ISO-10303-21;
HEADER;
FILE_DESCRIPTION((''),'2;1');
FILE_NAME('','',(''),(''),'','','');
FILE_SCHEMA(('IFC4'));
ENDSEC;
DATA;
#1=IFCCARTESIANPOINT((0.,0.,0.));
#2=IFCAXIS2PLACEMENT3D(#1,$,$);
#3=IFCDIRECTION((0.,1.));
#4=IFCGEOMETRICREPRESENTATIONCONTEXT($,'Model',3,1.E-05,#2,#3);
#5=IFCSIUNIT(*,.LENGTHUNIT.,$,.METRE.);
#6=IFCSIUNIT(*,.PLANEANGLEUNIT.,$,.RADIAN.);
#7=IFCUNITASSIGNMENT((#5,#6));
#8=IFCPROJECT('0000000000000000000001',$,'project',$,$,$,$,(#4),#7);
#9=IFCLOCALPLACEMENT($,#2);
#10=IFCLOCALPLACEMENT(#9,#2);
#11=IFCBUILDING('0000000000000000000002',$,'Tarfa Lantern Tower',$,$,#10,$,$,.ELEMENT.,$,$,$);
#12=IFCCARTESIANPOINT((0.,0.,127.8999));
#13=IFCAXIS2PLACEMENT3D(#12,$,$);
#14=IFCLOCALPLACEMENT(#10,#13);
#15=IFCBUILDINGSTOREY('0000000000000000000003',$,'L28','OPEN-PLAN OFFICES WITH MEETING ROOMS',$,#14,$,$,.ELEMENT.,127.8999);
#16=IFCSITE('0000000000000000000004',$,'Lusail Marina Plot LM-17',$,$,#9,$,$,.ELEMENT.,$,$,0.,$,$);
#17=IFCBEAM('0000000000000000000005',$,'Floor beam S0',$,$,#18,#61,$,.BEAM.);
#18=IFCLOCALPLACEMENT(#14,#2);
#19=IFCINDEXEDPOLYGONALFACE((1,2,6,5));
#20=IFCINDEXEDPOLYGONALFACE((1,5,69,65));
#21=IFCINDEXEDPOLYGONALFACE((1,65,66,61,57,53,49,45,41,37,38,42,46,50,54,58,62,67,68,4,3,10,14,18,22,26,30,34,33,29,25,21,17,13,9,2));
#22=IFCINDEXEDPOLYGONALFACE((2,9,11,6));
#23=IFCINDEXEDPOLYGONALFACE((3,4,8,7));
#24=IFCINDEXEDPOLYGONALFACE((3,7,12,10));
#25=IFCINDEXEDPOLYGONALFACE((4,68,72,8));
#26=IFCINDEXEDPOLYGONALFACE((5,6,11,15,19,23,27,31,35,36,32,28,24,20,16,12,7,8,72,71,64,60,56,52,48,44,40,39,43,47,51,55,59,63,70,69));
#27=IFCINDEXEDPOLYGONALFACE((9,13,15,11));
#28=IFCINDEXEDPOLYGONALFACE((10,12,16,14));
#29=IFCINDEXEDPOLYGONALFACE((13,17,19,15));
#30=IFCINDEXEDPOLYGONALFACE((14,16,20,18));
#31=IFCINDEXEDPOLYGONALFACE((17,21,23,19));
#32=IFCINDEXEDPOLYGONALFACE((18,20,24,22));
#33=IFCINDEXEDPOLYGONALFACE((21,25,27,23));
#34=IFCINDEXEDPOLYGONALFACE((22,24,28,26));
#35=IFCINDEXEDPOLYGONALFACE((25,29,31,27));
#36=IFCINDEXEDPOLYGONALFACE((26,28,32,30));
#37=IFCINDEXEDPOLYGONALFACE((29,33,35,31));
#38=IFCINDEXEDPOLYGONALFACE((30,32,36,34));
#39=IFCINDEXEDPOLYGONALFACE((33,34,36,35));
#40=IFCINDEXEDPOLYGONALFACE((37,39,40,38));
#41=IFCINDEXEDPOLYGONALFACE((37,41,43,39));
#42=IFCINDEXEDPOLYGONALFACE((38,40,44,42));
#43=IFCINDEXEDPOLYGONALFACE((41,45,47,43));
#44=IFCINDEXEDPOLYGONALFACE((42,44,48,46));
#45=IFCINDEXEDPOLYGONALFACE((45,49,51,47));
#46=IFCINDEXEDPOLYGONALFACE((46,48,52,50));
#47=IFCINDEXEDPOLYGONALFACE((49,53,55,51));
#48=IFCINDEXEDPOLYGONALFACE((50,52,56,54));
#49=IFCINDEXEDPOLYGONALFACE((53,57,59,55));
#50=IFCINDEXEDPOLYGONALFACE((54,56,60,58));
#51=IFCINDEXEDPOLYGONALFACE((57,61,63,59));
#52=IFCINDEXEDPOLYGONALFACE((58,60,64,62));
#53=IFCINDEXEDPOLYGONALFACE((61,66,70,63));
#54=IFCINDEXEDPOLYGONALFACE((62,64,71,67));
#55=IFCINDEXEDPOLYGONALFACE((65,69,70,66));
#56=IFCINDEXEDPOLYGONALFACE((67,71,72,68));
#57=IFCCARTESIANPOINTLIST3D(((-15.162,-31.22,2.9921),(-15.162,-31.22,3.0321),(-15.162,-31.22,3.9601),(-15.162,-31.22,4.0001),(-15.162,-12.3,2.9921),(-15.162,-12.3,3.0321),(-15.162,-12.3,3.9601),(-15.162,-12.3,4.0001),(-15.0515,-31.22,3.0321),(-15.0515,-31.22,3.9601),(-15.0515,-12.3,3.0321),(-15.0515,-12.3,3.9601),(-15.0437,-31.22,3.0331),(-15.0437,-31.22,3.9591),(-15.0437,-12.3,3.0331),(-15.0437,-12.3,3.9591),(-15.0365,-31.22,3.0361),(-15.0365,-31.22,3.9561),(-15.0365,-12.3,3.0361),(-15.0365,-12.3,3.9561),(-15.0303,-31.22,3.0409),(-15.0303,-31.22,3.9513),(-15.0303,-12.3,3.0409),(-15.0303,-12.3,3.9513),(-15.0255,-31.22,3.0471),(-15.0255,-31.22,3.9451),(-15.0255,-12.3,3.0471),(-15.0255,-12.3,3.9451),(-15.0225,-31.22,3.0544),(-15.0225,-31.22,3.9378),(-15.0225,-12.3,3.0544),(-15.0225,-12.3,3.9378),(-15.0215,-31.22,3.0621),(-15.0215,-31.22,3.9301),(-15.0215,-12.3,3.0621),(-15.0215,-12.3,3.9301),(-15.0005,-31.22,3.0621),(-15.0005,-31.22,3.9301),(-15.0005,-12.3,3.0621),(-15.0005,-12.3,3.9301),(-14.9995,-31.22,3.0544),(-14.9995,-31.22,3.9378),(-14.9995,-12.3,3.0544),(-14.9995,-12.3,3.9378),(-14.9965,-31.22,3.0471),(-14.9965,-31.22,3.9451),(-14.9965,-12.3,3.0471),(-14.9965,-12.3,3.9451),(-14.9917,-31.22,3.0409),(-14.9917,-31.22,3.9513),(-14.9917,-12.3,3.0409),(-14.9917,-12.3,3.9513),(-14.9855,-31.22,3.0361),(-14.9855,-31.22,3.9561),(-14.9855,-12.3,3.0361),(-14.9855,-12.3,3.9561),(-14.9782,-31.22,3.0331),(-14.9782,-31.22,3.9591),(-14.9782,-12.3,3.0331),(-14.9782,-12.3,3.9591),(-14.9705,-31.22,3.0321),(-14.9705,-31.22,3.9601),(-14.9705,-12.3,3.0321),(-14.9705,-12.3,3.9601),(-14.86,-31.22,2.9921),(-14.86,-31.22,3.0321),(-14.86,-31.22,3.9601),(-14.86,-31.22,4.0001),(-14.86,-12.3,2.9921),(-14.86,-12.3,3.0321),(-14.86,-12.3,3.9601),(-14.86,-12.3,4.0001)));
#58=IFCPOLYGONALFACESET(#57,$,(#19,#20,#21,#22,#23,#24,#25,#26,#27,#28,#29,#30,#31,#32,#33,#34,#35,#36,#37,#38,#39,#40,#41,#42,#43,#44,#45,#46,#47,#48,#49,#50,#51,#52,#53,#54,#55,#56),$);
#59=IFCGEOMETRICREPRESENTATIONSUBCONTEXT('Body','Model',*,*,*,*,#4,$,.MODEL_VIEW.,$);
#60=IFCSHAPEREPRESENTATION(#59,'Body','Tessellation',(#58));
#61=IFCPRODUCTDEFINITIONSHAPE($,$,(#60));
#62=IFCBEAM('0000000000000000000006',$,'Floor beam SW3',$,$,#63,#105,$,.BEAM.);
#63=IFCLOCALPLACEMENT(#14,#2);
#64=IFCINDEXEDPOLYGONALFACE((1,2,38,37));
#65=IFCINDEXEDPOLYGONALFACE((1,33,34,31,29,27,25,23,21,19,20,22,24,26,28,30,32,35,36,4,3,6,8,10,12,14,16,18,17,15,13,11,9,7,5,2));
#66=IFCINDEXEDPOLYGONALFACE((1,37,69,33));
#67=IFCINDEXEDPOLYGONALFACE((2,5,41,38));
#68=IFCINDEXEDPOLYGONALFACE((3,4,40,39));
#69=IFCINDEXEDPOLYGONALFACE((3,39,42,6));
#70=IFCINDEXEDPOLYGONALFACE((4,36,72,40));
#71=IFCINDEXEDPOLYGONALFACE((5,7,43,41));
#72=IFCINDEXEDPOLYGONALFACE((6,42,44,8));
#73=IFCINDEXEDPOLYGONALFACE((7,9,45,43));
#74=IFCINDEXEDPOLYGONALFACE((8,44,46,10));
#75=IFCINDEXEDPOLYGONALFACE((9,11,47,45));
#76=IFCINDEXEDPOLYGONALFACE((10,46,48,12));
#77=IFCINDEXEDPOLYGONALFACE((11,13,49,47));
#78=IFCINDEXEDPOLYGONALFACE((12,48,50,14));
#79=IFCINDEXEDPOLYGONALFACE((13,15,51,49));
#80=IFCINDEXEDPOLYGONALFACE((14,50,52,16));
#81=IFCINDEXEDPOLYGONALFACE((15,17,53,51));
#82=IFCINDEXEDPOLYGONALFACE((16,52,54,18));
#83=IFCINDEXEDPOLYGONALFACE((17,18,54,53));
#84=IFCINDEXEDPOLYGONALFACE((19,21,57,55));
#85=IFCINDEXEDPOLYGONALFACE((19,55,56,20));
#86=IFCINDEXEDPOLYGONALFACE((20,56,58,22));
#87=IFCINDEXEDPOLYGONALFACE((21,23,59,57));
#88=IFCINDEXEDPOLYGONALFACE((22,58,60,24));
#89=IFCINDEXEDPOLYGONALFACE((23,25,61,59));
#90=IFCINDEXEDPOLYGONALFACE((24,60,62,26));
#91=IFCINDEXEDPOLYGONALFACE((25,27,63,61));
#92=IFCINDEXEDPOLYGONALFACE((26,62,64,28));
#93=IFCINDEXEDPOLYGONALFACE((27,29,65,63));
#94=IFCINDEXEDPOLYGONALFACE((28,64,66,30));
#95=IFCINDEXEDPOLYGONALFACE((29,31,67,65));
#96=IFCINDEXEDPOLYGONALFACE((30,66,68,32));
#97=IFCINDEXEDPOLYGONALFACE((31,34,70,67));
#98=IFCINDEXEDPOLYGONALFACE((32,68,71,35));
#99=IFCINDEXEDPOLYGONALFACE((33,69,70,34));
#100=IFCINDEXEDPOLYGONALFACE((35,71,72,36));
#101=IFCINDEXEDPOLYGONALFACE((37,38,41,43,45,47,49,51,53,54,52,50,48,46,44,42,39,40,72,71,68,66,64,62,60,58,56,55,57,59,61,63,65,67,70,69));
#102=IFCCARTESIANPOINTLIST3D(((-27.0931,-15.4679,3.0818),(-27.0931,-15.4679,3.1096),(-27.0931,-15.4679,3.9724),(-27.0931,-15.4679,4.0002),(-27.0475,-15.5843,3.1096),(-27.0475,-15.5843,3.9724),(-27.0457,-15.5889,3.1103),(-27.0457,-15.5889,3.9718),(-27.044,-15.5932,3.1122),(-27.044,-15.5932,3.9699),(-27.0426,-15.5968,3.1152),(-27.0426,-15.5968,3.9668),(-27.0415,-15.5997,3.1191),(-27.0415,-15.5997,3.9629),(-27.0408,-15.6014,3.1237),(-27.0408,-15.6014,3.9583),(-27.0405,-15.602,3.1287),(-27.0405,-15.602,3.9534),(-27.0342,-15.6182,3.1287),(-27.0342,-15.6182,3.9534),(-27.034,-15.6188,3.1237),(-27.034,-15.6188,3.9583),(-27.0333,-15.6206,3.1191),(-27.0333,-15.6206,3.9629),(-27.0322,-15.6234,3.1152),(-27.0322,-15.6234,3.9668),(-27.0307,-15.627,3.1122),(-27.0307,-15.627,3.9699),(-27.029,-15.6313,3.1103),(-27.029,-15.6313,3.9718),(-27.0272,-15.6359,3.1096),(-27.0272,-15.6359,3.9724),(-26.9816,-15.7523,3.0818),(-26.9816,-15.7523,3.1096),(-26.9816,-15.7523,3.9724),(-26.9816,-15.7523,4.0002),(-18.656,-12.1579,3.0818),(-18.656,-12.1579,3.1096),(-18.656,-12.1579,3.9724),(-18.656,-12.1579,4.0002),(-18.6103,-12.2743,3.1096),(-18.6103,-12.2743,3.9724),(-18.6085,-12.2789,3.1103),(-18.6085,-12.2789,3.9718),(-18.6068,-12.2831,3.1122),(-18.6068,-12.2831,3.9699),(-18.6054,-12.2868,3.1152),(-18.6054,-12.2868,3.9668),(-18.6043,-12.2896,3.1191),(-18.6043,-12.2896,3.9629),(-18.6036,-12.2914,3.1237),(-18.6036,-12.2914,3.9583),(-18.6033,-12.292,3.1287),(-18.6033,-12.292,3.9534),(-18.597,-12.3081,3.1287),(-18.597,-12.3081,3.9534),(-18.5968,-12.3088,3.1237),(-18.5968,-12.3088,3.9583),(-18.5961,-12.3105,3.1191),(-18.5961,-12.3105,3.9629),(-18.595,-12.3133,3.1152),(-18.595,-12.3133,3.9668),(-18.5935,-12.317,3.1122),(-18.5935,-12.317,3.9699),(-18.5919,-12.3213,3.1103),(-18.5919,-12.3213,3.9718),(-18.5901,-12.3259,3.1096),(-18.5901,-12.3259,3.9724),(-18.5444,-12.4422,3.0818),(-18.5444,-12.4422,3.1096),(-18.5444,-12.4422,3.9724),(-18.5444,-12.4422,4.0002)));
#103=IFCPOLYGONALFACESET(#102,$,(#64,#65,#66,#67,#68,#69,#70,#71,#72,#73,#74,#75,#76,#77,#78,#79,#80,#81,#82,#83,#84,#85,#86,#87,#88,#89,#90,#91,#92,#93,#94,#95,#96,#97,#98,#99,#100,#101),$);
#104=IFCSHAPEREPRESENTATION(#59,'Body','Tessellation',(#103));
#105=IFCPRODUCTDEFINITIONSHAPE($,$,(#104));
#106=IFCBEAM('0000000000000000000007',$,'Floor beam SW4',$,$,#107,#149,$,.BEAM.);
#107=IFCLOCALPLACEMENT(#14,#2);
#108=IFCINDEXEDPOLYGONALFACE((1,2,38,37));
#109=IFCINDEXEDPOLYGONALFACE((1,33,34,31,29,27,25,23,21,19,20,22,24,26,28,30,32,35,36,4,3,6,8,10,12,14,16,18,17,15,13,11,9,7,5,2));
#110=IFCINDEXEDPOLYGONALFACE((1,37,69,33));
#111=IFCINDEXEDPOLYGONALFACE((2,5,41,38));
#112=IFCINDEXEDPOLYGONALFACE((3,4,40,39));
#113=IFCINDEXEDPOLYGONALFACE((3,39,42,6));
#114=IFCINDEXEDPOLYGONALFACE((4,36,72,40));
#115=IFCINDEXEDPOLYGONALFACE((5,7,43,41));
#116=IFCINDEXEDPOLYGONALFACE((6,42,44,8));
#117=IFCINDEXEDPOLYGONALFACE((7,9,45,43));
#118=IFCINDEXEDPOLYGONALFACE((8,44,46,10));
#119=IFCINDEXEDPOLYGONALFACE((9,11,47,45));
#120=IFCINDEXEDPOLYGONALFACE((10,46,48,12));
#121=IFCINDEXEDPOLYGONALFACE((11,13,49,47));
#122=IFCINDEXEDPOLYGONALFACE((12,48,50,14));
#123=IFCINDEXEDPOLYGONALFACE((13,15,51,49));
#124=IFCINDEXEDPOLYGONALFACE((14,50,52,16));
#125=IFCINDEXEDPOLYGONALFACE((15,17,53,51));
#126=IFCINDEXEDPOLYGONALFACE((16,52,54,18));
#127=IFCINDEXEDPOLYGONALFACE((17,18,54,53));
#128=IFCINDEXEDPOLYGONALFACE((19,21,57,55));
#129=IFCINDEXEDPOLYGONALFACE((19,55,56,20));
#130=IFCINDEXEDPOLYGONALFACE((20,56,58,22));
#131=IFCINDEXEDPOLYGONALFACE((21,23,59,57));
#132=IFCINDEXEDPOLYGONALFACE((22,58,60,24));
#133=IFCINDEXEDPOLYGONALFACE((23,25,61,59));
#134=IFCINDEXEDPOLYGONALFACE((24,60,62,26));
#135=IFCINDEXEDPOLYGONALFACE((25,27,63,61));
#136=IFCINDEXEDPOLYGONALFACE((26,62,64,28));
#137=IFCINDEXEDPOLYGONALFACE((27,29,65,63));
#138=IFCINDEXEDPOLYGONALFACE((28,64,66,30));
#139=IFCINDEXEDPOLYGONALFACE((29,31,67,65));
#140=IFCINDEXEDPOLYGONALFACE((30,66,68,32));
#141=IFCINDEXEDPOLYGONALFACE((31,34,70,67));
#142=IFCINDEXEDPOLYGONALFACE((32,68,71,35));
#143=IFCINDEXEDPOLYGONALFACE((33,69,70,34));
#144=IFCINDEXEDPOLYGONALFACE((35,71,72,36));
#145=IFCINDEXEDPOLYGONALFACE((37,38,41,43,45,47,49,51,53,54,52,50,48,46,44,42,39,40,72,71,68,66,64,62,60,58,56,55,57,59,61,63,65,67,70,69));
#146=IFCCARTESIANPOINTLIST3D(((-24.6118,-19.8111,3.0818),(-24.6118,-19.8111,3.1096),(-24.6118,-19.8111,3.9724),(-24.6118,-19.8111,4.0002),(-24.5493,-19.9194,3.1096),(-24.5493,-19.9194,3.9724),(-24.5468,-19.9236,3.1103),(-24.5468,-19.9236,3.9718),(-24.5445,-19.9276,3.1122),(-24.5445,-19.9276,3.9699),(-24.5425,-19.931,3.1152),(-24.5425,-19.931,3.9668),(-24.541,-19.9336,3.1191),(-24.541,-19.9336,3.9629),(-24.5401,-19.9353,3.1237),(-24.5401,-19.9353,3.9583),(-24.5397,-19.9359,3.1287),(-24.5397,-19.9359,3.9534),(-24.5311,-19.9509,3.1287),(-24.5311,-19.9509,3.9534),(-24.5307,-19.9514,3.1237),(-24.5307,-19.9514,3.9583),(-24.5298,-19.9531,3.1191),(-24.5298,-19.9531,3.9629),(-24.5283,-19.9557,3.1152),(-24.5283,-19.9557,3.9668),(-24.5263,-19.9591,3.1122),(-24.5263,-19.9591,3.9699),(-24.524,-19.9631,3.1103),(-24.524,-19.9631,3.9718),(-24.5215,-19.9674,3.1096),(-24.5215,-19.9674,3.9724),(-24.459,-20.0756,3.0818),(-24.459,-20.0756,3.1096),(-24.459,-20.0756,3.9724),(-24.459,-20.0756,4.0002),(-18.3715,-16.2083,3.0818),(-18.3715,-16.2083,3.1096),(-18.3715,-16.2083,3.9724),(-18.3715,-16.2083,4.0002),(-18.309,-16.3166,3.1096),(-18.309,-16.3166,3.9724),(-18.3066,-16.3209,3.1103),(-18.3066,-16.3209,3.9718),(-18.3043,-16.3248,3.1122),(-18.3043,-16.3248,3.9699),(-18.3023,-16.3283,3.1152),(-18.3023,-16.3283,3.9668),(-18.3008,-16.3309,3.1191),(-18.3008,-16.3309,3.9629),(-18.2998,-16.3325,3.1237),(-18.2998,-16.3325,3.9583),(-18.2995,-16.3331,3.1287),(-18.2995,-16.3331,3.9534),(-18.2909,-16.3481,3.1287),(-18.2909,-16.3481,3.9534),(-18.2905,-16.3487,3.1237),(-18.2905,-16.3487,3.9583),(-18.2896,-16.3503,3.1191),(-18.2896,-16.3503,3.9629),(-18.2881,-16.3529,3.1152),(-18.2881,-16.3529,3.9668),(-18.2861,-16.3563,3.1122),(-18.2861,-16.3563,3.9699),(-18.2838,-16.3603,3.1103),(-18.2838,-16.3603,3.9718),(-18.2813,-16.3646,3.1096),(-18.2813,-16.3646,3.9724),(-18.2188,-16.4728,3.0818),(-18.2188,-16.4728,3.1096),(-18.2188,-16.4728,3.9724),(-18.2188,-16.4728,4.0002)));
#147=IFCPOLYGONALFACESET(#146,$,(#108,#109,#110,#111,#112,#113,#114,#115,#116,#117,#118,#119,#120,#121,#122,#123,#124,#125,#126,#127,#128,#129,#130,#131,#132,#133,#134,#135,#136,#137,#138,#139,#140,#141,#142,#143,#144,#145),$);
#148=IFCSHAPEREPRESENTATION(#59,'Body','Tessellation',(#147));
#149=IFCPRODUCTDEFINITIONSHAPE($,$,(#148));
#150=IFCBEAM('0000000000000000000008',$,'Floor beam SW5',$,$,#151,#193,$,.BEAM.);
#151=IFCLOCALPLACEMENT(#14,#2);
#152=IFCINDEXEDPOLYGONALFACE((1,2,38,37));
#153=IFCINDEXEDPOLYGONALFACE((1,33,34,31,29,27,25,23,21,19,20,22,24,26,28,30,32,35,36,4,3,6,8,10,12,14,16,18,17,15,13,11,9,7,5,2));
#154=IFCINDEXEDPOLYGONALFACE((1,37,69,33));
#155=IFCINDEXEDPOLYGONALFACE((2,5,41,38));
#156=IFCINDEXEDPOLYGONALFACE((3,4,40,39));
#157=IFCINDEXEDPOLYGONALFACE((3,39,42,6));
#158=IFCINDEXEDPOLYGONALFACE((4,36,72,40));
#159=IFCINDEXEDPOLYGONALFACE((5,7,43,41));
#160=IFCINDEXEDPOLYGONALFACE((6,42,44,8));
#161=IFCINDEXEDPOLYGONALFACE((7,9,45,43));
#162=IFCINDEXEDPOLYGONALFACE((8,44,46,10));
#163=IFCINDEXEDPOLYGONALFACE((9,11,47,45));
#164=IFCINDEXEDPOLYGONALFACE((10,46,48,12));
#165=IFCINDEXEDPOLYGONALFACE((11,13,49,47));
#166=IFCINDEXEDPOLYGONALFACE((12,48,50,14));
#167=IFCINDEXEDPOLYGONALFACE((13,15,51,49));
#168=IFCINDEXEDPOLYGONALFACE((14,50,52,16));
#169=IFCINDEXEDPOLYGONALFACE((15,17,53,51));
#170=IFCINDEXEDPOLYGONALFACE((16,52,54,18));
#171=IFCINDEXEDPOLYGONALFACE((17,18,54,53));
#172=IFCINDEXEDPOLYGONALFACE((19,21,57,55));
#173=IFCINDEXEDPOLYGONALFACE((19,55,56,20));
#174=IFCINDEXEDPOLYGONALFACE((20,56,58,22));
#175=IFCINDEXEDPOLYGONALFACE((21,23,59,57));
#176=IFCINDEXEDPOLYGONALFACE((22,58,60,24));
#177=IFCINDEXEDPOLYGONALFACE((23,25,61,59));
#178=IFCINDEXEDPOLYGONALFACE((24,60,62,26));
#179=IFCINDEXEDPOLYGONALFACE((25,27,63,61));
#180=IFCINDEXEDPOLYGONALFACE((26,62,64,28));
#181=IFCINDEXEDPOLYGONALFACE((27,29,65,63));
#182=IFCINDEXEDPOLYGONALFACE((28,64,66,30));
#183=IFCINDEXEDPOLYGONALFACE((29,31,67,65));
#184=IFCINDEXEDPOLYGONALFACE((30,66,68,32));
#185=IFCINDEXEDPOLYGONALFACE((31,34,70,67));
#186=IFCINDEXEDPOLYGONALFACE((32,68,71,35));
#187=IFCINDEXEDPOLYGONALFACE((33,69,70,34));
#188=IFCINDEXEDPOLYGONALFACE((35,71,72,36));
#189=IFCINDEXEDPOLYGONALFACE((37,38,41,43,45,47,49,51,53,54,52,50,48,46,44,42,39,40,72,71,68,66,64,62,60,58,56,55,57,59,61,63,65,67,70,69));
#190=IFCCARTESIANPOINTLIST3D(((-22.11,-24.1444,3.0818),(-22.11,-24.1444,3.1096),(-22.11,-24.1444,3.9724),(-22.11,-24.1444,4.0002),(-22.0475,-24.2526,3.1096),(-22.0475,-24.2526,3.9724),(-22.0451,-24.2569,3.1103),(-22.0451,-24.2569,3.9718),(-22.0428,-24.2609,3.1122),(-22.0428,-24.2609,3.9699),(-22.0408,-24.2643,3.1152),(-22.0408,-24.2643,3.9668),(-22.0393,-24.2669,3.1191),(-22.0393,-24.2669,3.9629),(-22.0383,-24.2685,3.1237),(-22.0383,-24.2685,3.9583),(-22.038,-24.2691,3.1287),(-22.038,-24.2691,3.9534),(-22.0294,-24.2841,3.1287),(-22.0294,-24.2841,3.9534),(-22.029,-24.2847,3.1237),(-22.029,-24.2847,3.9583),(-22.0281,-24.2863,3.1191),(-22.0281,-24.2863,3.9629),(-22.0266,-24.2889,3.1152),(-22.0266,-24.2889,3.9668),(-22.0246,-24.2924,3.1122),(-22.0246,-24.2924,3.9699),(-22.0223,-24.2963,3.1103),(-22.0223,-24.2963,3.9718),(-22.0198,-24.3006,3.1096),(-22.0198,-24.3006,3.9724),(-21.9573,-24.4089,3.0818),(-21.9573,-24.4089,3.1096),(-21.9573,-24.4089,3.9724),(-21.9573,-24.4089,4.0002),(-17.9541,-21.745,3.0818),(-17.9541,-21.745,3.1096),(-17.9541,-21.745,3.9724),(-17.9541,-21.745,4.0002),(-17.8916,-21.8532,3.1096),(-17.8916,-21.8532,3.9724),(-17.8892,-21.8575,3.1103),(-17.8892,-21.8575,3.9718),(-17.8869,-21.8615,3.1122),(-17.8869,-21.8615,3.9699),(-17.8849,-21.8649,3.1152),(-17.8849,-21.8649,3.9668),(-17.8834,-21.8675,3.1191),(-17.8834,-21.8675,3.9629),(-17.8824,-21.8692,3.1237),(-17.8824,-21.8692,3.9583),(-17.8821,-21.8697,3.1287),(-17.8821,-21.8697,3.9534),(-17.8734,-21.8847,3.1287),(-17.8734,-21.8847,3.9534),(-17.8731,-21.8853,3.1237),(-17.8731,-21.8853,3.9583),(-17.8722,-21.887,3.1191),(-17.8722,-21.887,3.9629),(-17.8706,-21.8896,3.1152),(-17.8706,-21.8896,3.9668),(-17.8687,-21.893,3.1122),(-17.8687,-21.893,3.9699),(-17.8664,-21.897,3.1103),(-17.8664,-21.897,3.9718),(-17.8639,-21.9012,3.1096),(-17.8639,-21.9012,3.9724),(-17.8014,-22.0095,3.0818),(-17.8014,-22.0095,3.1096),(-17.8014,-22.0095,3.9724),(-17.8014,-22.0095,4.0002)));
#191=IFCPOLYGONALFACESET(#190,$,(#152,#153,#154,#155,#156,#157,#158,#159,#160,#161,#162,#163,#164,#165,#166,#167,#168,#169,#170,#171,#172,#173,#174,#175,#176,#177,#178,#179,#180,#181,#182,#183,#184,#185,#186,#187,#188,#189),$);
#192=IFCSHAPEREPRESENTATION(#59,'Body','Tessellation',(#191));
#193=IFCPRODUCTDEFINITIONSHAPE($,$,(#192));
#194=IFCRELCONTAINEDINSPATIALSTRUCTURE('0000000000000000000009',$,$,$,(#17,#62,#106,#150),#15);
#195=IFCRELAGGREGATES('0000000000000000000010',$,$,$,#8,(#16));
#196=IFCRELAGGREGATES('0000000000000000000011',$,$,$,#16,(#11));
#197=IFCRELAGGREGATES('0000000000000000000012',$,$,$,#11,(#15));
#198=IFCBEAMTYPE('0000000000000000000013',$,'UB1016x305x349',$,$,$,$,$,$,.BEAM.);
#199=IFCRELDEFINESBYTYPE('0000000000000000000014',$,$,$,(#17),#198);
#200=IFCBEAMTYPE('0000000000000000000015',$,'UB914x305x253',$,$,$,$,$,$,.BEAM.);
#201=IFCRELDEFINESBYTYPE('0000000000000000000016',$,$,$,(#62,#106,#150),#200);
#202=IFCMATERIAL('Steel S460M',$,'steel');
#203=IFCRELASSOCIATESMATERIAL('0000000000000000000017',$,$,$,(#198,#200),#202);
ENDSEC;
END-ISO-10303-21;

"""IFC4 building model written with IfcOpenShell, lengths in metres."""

from ifc_helpers import new_model, si_unit, direction, frame, origin, origin_2d, place, context, subcontext, project, spatial, i_section, extrude, material, material_profile, profile_set, type_object, element, save


model = new_model("IFC4")

# Units and contexts
model_context = context("Model", 3, precision=1e-05, world=origin(), true_north=direction((0.0, 1.0)))
body_context = subcontext(model_context, "Body", "Model", "MODEL_VIEW")
ifc_project = project(units=[si_unit("LENGTHUNIT", "METRE"), si_unit("PLANEANGLEUNIT", "RADIAN")], contexts=[model_context])

# Site, building, storey
site_placement = place(None, origin())
site = spatial("IfcSite", under=ifc_project, at=site_placement, Name="Lusail Marina Plot LM-17", CompositionType="ELEMENT", RefElevation=0.0)
building_placement = place(site_placement, origin())
building = spatial("IfcBuilding", under=site, at=building_placement, Name="Tarfa Lantern Tower", CompositionType="ELEMENT")
storey_placement = place(building_placement, frame((0.0, 0.0, 127.8999)))
storey = spatial("IfcBuildingStorey", under=building, at=storey_placement, Name="L28", Description="OPEN-PLAN OFFICES WITH MEETING ROOMS", CompositionType="ELEMENT", Elevation=127.8999)

# Beams
ifc_material_1 = material(Name="Steel S460M", Category="steel")
ifc_material_profile_1 = material_profile(ifc_material_1, i_section(OverallWidth=0.302, OverallDepth=1.0081, WebThickness=0.021, FlangeThickness=0.04, FilletRadius=0.03, at=origin_2d()), Name="UB1016x305x349")
ifc_profile_set_1 = profile_set([ifc_material_profile_1], Name="Steel S460M")
beam_type_1 = type_object("IfcBeamType", Name="UB1016x305x349", PredefinedType="BEAM", material=ifc_profile_set_1)
beam_1_placement = place(storey_placement, frame((-15.011, -31.22, 3.4961), z_axis=(0.0, 1.0, 0.0), x_axis=(-1.0, 0.0, 0.0)))
element("IfcBeam", 1, at=beam_1_placement, inside=storey, type_object=beam_type_1, Name="Floor beam S0", PredefinedType="BEAM", context=body_context, shape_type="SweptSolid", body=[
    extrude(i_section(OverallWidth=0.302, OverallDepth=1.0081, WebThickness=0.021, FlangeThickness=0.04, FilletRadius=0.03, at=origin_2d()), origin(), (0.0, 0.0, 1.0), 18.9199),
])
ifc_material_profile_2 = material_profile(ifc_material_1, i_section(OverallWidth=0.3054, OverallDepth=0.9185, WebThickness=0.0173, FlangeThickness=0.0278, FilletRadius=0.019, at=origin_2d()), Name="UB914x305x253")
ifc_profile_set_2 = profile_set([ifc_material_profile_2], Name="Steel S460M")
beam_type_2 = type_object("IfcBeamType", Name="UB914x305x253", PredefinedType="BEAM", material=ifc_profile_set_2)
beam_2_placement = place(storey_placement, frame((-27.0374, -15.6101, 3.541), z_axis=(0.930923, 0.365215, 0.0), x_axis=(-0.365215, 0.930923, 0.0)))
element("IfcBeam", 2, at=beam_2_placement, inside=storey, type_object=beam_type_2, Name="Floor beam SW3", PredefinedType="BEAM", context=body_context, shape_type="SweptSolid", body=[
    extrude(i_section(OverallWidth=0.3054, OverallDepth=0.9185, WebThickness=0.0173, FlangeThickness=0.0278, FilletRadius=0.019, at=origin_2d()), origin(), (0.0, 0.0, 1.0), 9.0632),
])
beam_3_placement = place(storey_placement, frame((-24.5354, -19.9434, 3.541), z_axis=(0.866026, 0.499998, 0.0), x_axis=(-0.499998, 0.866026, 0.0)))
element("IfcBeam", 3, at=beam_3_placement, inside=storey, type_object=beam_type_2, Name="Floor beam SW4", PredefinedType="BEAM", context=body_context, shape_type="SweptSolid", body=[
    extrude(i_section(OverallWidth=0.3054, OverallDepth=0.9185, WebThickness=0.0173, FlangeThickness=0.0278, FilletRadius=0.019, at=origin_2d()), origin(), (0.0, 0.0, 1.0), 7.2056),
])
beam_4_placement = place(storey_placement, frame((-22.0337, -24.2766, 3.541), z_axis=(0.866031, 0.499991, 0.0), x_axis=(-0.499991, 0.866031, 0.0)))
element("IfcBeam", 4, at=beam_4_placement, inside=storey, type_object=beam_type_2, Name="Floor beam SW5", PredefinedType="BEAM", context=body_context, shape_type="SweptSolid", body=[
    extrude(i_section(OverallWidth=0.3054, OverallDepth=0.9185, WebThickness=0.0173, FlangeThickness=0.0278, FilletRadius=0.019, at=origin_2d()), origin(), (0.0, 0.0, 1.0), 4.7988),
])

save(model, "model.ifc")
